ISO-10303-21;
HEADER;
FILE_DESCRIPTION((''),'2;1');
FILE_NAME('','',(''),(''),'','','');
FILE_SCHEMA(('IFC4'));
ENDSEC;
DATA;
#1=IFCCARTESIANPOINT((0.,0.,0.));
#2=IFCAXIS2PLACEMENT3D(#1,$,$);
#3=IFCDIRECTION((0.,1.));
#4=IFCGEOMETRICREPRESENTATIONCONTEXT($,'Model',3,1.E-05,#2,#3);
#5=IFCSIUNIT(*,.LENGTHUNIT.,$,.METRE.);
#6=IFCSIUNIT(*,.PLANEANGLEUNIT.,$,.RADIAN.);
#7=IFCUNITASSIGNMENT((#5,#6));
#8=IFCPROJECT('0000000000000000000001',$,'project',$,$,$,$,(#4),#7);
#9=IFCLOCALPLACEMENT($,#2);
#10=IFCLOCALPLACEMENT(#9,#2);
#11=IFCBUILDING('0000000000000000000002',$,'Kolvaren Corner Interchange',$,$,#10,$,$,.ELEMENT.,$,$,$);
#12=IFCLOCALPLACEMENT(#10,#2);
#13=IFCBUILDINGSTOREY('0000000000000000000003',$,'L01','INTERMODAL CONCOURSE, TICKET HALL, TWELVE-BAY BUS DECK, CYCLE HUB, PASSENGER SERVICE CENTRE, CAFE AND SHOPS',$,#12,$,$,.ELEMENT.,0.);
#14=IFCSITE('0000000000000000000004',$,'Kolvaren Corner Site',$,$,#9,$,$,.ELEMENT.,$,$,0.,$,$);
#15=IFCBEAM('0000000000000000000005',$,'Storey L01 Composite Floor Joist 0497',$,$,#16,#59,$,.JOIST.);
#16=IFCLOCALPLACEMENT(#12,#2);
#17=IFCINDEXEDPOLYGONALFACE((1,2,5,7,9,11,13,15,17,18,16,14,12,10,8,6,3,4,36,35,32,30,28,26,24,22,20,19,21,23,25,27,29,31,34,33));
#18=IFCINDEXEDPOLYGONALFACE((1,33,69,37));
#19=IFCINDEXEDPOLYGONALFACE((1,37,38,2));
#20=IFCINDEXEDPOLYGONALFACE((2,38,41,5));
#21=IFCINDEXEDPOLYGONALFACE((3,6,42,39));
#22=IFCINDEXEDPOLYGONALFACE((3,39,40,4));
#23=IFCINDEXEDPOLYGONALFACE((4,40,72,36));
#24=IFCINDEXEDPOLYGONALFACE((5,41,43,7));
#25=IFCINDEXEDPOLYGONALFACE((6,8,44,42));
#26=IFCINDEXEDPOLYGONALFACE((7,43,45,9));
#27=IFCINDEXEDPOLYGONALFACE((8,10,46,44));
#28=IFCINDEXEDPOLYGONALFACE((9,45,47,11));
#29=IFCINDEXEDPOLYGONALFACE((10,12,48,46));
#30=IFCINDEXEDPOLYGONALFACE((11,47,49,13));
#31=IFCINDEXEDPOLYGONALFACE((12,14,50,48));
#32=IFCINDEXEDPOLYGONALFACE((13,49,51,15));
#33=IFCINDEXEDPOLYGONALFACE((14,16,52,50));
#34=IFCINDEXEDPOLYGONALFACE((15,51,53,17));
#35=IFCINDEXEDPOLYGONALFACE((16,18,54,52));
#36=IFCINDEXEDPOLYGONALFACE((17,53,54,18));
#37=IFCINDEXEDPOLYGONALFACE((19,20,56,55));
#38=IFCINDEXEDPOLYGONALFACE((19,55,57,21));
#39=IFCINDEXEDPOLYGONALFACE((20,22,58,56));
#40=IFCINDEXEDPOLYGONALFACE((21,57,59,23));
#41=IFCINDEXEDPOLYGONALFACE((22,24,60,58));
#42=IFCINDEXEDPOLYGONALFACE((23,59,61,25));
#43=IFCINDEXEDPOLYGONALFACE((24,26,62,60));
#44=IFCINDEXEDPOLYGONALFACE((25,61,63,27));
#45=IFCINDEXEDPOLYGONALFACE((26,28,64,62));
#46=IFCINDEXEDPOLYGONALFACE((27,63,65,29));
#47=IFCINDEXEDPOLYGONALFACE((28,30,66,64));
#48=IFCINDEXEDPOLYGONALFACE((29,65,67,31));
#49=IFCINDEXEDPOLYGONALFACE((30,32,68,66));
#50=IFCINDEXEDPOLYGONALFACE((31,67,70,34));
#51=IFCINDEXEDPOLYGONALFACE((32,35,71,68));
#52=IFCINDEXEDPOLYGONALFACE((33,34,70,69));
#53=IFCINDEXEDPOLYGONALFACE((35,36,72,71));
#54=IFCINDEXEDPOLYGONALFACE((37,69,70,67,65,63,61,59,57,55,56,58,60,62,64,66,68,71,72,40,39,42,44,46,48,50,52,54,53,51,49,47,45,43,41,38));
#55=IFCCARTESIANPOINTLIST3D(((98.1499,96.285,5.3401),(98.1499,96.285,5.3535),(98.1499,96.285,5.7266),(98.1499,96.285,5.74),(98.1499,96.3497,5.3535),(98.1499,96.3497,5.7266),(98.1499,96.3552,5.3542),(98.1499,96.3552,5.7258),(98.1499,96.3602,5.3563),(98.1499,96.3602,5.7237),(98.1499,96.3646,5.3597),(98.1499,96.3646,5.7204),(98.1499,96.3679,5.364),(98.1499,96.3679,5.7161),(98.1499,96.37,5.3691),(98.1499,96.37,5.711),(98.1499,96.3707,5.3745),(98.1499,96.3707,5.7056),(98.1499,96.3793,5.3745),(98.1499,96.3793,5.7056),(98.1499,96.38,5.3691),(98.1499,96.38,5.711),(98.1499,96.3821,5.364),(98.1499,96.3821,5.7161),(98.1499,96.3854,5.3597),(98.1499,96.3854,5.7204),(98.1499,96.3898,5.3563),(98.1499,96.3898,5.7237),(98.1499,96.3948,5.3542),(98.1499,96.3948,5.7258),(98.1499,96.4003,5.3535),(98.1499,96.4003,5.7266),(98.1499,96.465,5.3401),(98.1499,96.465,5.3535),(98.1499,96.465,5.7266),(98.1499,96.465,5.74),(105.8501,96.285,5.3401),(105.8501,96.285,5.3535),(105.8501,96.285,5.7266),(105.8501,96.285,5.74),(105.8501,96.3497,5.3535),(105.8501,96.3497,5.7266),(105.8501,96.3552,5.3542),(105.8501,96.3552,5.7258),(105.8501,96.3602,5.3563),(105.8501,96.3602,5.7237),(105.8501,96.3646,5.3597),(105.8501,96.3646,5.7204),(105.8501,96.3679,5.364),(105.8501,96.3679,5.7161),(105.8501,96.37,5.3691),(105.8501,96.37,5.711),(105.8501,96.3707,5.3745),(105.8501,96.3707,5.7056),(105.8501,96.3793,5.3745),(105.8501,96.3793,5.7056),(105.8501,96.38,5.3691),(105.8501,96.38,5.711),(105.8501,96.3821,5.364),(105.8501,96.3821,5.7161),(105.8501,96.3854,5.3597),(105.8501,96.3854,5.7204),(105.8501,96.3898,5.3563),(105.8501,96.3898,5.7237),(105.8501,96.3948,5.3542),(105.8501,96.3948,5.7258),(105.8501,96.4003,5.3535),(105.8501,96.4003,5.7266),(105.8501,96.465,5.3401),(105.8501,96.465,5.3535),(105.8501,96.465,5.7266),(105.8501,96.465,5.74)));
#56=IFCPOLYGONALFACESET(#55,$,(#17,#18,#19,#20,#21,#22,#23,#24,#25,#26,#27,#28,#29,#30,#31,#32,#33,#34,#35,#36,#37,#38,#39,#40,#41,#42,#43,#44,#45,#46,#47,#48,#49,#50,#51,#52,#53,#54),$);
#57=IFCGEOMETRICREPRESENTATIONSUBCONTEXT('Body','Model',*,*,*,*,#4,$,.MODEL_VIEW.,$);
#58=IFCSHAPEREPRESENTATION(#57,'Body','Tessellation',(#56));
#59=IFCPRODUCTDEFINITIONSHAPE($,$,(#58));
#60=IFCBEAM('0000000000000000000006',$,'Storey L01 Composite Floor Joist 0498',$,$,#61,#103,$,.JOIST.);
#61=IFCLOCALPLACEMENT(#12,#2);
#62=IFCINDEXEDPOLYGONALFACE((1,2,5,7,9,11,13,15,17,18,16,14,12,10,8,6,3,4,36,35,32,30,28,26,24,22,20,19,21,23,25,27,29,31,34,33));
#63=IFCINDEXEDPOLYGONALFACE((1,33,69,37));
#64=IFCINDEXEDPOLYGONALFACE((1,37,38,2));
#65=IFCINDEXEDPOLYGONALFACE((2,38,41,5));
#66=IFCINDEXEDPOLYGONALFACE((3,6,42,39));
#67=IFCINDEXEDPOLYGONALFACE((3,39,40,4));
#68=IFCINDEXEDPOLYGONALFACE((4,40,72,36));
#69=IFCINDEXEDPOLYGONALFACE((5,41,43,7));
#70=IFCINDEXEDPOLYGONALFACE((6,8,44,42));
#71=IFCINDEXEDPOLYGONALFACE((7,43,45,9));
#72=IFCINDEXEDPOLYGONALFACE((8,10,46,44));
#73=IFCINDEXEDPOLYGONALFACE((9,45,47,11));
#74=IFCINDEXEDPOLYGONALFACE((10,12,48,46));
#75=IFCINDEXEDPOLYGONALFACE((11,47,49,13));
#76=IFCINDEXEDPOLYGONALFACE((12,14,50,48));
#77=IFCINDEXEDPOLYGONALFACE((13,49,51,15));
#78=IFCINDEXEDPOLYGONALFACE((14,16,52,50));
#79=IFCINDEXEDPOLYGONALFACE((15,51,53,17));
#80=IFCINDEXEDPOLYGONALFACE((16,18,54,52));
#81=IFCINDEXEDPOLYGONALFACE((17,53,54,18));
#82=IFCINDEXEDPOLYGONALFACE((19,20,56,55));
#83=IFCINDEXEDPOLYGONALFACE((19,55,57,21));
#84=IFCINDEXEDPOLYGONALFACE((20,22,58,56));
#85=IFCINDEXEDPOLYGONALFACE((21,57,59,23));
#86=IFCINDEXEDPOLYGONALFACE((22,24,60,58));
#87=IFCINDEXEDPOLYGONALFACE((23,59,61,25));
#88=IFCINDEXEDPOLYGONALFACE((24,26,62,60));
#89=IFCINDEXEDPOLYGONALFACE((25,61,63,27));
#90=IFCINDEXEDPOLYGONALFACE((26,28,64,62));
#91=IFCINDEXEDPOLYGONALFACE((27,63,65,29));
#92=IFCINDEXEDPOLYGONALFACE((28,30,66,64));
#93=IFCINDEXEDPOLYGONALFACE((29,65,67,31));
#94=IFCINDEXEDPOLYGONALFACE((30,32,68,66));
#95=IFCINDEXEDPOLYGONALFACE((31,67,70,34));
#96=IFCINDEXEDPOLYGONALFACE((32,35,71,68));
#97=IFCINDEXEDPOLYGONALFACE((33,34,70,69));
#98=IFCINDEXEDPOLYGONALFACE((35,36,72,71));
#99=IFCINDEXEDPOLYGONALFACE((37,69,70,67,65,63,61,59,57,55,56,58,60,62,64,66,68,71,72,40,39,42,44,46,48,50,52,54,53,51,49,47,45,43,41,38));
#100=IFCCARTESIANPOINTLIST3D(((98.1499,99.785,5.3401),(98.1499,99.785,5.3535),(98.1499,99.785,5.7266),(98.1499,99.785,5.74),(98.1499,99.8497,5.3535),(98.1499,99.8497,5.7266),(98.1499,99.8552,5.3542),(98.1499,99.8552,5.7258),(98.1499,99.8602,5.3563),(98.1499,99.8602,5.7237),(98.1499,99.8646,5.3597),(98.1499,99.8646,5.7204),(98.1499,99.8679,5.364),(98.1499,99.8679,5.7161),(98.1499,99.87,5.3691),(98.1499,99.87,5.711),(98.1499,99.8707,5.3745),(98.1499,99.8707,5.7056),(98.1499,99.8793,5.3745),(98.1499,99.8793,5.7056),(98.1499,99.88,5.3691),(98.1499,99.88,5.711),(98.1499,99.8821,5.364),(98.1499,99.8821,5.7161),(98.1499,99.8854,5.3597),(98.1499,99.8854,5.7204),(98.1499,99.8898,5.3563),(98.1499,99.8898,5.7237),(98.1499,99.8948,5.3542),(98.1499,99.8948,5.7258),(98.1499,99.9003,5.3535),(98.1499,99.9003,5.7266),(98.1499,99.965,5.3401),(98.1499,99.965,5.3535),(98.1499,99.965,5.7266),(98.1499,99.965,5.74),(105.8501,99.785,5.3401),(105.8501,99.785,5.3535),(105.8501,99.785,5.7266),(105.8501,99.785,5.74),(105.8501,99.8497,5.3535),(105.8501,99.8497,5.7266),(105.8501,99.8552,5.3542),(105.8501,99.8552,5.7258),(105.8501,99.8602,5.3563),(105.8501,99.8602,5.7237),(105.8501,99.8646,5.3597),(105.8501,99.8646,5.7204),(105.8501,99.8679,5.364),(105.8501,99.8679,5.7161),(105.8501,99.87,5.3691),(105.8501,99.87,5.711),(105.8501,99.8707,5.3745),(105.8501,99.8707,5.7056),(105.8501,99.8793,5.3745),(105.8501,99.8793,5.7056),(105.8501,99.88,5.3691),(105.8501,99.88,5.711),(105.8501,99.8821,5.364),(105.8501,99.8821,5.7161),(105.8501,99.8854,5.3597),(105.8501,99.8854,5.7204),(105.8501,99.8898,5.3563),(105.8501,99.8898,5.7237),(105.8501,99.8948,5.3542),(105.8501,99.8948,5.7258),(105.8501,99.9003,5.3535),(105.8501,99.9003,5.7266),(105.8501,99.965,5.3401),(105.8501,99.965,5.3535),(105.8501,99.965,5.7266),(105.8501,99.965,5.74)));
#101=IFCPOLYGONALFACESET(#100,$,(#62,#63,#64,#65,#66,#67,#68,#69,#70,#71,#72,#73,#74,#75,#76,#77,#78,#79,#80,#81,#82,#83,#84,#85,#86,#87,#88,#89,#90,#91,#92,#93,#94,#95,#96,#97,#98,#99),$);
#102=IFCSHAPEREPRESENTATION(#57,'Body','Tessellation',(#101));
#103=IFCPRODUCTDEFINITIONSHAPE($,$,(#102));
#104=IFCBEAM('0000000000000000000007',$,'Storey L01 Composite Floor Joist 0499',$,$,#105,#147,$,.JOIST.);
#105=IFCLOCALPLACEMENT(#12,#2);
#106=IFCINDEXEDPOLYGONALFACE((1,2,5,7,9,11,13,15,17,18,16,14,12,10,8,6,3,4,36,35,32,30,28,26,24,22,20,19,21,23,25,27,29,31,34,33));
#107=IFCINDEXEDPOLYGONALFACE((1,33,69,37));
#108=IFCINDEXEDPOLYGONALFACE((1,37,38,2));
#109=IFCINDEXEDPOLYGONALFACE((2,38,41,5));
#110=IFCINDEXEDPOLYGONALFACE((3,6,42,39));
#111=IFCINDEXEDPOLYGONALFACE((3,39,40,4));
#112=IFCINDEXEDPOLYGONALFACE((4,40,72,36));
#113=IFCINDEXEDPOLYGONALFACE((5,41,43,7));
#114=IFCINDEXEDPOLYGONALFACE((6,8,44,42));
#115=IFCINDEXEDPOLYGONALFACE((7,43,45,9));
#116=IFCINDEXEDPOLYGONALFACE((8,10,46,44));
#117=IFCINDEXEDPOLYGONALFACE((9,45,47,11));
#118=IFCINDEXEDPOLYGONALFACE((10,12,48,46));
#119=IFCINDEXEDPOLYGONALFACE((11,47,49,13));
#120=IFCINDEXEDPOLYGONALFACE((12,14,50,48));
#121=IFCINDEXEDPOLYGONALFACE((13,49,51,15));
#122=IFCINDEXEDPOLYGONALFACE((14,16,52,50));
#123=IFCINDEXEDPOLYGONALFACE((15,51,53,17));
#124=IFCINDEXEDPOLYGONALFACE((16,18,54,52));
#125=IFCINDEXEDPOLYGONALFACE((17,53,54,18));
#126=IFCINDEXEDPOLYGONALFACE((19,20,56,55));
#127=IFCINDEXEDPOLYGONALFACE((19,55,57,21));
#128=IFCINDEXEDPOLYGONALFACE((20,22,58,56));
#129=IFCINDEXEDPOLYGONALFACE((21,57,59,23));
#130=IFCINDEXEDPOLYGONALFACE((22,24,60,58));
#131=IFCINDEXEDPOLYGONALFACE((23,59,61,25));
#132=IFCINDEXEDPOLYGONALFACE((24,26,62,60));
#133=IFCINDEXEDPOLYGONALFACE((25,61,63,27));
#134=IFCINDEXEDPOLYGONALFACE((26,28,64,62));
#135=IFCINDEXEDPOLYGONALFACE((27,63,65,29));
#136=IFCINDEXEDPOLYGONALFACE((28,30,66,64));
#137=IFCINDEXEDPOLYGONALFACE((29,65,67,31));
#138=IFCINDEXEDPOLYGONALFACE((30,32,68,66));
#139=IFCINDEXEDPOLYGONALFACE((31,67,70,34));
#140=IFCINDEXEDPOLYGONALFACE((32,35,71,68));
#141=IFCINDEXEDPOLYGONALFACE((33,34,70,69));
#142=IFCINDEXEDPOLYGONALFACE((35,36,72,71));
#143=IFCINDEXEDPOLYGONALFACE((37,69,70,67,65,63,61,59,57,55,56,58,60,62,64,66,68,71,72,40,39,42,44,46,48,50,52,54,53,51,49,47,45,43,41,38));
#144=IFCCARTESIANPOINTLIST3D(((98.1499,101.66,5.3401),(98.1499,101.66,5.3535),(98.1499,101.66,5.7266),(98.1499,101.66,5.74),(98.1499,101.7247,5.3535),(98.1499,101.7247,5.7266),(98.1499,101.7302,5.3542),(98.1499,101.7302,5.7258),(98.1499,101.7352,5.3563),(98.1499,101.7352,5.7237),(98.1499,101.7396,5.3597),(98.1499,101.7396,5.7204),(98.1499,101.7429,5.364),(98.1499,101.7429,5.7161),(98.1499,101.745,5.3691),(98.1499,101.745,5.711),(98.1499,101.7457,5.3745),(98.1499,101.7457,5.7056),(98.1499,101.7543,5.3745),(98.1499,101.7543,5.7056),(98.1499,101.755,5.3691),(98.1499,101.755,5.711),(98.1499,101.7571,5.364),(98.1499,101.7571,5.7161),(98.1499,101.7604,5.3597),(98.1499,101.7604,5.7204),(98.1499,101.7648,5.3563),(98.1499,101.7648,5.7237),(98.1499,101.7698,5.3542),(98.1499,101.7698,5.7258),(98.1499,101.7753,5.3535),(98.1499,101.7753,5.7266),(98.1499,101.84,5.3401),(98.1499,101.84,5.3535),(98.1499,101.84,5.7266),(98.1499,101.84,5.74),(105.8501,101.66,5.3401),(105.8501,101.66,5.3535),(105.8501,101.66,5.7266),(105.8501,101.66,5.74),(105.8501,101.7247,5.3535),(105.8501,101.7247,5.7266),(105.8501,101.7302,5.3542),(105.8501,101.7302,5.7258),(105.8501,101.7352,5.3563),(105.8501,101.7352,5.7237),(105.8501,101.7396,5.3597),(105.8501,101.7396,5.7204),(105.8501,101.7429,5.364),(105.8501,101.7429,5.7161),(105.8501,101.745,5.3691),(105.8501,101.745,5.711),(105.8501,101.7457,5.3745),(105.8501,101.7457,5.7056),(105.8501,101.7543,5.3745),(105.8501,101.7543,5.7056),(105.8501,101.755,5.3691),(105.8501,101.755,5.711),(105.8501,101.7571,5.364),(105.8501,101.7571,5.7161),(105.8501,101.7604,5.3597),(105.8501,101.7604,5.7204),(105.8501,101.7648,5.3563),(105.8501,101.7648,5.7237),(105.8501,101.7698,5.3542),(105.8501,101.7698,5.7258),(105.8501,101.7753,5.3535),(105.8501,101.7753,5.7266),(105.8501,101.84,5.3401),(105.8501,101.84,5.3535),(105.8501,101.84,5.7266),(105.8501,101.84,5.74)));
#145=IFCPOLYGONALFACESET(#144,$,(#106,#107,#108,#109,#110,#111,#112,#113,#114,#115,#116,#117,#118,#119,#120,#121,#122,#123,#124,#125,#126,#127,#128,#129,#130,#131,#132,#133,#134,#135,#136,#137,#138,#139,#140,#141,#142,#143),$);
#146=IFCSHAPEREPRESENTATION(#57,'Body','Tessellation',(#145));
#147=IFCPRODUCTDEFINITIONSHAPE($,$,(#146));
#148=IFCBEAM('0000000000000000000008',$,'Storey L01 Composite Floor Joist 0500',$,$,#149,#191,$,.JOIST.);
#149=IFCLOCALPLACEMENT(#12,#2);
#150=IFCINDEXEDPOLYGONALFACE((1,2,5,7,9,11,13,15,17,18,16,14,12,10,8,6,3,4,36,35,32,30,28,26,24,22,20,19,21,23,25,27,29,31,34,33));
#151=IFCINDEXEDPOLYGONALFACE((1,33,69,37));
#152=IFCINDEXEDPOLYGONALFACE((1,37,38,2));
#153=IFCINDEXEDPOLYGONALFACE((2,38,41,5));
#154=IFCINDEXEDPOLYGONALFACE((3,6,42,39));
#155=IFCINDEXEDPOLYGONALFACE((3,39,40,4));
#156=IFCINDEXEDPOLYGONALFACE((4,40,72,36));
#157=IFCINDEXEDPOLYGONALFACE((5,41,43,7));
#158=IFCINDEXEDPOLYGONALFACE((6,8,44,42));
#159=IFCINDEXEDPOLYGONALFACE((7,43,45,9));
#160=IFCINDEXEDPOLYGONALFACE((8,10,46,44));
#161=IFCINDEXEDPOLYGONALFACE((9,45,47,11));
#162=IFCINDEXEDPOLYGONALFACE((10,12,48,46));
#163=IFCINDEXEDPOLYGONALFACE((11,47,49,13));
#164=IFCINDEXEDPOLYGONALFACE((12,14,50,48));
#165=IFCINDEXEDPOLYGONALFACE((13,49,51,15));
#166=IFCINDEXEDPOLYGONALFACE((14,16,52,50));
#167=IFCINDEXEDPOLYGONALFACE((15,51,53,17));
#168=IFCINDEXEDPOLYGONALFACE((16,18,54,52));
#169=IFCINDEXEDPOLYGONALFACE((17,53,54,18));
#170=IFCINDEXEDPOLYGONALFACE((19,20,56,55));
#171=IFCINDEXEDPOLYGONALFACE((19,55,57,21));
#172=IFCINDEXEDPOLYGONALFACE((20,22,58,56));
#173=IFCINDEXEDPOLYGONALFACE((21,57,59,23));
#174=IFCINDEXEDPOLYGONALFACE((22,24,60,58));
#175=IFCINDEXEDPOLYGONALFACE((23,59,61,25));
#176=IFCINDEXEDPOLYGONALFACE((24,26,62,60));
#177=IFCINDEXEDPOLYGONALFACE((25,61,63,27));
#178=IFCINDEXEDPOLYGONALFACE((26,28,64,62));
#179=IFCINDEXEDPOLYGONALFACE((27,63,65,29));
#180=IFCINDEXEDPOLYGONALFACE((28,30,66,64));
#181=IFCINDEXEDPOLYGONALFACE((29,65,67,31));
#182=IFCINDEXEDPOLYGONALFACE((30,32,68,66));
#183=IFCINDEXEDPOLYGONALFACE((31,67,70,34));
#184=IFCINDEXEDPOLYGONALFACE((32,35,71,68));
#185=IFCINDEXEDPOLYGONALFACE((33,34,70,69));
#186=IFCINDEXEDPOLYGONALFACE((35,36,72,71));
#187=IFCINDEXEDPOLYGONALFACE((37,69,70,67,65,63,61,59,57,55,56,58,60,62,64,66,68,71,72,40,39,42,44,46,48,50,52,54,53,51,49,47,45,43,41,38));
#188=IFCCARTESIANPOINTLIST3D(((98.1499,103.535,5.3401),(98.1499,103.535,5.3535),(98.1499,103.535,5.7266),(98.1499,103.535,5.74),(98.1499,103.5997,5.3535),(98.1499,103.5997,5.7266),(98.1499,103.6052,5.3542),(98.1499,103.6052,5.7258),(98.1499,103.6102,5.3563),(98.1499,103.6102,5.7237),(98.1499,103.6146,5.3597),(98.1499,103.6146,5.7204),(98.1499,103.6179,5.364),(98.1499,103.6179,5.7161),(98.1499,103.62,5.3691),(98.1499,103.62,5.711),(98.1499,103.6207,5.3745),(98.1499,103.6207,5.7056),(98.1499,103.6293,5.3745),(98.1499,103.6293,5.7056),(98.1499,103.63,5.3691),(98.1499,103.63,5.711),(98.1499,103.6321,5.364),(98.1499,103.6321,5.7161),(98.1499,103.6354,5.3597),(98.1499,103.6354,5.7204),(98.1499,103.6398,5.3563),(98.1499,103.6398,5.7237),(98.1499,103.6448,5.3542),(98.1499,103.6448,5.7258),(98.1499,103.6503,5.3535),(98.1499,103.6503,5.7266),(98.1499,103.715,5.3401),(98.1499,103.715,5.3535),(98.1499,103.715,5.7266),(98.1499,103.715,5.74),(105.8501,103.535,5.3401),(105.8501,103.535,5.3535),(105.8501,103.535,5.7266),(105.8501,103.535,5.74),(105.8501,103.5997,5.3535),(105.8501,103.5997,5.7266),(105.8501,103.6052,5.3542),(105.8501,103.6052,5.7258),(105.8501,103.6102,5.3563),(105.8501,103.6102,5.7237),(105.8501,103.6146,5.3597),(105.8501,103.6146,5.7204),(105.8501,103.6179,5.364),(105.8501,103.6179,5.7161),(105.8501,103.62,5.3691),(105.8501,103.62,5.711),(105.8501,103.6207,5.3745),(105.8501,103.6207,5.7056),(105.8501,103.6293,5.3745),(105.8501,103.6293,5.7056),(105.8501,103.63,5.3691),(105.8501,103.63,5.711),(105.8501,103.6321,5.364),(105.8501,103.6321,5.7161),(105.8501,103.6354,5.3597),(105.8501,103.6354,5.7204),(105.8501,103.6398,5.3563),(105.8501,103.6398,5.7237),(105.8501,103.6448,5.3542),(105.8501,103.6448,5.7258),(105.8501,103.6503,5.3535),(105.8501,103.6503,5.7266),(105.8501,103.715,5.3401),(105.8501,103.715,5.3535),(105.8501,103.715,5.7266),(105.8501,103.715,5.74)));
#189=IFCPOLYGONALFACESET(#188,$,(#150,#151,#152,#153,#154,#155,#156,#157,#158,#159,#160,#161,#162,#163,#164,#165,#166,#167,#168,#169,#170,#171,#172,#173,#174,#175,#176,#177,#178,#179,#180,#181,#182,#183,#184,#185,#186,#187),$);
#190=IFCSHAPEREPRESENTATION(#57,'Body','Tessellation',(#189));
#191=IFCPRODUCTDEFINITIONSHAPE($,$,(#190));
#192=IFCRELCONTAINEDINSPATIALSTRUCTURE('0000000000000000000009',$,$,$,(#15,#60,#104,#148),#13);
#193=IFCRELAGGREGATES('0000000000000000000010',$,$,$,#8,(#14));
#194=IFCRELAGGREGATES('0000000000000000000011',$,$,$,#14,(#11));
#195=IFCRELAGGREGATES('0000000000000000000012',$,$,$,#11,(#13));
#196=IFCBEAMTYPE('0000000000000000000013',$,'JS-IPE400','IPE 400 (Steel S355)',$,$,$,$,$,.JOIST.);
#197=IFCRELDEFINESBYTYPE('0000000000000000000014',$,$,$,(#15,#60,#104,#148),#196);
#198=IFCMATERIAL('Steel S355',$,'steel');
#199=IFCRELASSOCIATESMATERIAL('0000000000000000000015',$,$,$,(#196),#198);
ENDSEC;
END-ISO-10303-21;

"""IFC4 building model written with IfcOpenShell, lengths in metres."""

from ifc_helpers import new_model, si_unit, direction, frame, origin, origin_2d, place, context, subcontext, project, spatial, i_section, extrude, material, material_profile, profile_set, type_object, element, save


model = new_model("IFC4")

# Units and contexts
model_context = context("Model", 3, precision=1e-05, world=origin(), true_north=direction((0.0, 1.0)))
body_context = subcontext(model_context, "Body", "Model", "MODEL_VIEW")
ifc_project = project(units=[si_unit("LENGTHUNIT", "METRE"), si_unit("PLANEANGLEUNIT", "RADIAN")], contexts=[model_context])

# Site, building, storey
site_placement = place(None, origin())
site = spatial("IfcSite", under=ifc_project, at=site_placement, Name="Kolvaren Corner Site", CompositionType="ELEMENT", RefElevation=0.0)
building_placement = place(site_placement, origin())
building = spatial("IfcBuilding", under=site, at=building_placement, Name="Kolvaren Corner Interchange", CompositionType="ELEMENT")
storey_placement = place(building_placement, origin())
storey = spatial("IfcBuildingStorey", under=building, at=storey_placement, Name="L01", Description="INTERMODAL CONCOURSE, TICKET HALL, TWELVE-BAY BUS DECK, CYCLE HUB, PASSENGER SERVICE CENTRE, CAFE AND SHOPS", CompositionType="ELEMENT", Elevation=0.0)

# Beams
ifc_material_1 = material(Name="Steel S355", Category="steel")
ifc_material_profile_1 = material_profile(ifc_material_1, i_section(OverallWidth=0.1799, OverallDepth=0.3999, WebThickness=0.0085, FlangeThickness=0.0134, FilletRadius=0.021, at=origin_2d()), Name="IPE 400")
ifc_profile_set_1 = profile_set([ifc_material_profile_1], Name="Steel S355")
beam_type_1 = type_object("IfcBeamType", Name="JS-IPE400", Description="IPE 400 (Steel S355)", PredefinedType="JOIST", material=ifc_profile_set_1)
for number, where, z_axis, x_axis, name in (
    (1, (98.1499, 96.375, 5.54), (1.0, 0.0, 0.0), (0.0, 1.0, 0.0), "Storey L01 Composite Floor Joist 0497"),
    (2, (98.1499, 99.875, 5.54), (1.0, 0.0, 0.0), (0.0, 1.0, 0.0), "Storey L01 Composite Floor Joist 0498"),
    (3, (98.1499, 101.75, 5.54), (1.0, 0.0, 0.0), (0.0, 1.0, 0.0), "Storey L01 Composite Floor Joist 0499"),
    (4, (98.1499, 103.625, 5.54), (1.0, 0.0, 0.0), (0.0, 1.0, 0.0), "Storey L01 Composite Floor Joist 0500"),
):
    element("IfcBeam", number, at=place(storey_placement, frame(where, z_axis=z_axis, x_axis=x_axis)), inside=storey, type_object=beam_type_1, Name=name, PredefinedType="JOIST", context=body_context, shape_type="SweptSolid", body=[
        extrude(i_section(OverallWidth=0.1799, OverallDepth=0.3999, WebThickness=0.0085, FlangeThickness=0.0134, FilletRadius=0.021, at=origin_2d()), origin(), (0.0, 0.0, 1.0), 7.7002),
    ])

save(model, "model.ifc")
